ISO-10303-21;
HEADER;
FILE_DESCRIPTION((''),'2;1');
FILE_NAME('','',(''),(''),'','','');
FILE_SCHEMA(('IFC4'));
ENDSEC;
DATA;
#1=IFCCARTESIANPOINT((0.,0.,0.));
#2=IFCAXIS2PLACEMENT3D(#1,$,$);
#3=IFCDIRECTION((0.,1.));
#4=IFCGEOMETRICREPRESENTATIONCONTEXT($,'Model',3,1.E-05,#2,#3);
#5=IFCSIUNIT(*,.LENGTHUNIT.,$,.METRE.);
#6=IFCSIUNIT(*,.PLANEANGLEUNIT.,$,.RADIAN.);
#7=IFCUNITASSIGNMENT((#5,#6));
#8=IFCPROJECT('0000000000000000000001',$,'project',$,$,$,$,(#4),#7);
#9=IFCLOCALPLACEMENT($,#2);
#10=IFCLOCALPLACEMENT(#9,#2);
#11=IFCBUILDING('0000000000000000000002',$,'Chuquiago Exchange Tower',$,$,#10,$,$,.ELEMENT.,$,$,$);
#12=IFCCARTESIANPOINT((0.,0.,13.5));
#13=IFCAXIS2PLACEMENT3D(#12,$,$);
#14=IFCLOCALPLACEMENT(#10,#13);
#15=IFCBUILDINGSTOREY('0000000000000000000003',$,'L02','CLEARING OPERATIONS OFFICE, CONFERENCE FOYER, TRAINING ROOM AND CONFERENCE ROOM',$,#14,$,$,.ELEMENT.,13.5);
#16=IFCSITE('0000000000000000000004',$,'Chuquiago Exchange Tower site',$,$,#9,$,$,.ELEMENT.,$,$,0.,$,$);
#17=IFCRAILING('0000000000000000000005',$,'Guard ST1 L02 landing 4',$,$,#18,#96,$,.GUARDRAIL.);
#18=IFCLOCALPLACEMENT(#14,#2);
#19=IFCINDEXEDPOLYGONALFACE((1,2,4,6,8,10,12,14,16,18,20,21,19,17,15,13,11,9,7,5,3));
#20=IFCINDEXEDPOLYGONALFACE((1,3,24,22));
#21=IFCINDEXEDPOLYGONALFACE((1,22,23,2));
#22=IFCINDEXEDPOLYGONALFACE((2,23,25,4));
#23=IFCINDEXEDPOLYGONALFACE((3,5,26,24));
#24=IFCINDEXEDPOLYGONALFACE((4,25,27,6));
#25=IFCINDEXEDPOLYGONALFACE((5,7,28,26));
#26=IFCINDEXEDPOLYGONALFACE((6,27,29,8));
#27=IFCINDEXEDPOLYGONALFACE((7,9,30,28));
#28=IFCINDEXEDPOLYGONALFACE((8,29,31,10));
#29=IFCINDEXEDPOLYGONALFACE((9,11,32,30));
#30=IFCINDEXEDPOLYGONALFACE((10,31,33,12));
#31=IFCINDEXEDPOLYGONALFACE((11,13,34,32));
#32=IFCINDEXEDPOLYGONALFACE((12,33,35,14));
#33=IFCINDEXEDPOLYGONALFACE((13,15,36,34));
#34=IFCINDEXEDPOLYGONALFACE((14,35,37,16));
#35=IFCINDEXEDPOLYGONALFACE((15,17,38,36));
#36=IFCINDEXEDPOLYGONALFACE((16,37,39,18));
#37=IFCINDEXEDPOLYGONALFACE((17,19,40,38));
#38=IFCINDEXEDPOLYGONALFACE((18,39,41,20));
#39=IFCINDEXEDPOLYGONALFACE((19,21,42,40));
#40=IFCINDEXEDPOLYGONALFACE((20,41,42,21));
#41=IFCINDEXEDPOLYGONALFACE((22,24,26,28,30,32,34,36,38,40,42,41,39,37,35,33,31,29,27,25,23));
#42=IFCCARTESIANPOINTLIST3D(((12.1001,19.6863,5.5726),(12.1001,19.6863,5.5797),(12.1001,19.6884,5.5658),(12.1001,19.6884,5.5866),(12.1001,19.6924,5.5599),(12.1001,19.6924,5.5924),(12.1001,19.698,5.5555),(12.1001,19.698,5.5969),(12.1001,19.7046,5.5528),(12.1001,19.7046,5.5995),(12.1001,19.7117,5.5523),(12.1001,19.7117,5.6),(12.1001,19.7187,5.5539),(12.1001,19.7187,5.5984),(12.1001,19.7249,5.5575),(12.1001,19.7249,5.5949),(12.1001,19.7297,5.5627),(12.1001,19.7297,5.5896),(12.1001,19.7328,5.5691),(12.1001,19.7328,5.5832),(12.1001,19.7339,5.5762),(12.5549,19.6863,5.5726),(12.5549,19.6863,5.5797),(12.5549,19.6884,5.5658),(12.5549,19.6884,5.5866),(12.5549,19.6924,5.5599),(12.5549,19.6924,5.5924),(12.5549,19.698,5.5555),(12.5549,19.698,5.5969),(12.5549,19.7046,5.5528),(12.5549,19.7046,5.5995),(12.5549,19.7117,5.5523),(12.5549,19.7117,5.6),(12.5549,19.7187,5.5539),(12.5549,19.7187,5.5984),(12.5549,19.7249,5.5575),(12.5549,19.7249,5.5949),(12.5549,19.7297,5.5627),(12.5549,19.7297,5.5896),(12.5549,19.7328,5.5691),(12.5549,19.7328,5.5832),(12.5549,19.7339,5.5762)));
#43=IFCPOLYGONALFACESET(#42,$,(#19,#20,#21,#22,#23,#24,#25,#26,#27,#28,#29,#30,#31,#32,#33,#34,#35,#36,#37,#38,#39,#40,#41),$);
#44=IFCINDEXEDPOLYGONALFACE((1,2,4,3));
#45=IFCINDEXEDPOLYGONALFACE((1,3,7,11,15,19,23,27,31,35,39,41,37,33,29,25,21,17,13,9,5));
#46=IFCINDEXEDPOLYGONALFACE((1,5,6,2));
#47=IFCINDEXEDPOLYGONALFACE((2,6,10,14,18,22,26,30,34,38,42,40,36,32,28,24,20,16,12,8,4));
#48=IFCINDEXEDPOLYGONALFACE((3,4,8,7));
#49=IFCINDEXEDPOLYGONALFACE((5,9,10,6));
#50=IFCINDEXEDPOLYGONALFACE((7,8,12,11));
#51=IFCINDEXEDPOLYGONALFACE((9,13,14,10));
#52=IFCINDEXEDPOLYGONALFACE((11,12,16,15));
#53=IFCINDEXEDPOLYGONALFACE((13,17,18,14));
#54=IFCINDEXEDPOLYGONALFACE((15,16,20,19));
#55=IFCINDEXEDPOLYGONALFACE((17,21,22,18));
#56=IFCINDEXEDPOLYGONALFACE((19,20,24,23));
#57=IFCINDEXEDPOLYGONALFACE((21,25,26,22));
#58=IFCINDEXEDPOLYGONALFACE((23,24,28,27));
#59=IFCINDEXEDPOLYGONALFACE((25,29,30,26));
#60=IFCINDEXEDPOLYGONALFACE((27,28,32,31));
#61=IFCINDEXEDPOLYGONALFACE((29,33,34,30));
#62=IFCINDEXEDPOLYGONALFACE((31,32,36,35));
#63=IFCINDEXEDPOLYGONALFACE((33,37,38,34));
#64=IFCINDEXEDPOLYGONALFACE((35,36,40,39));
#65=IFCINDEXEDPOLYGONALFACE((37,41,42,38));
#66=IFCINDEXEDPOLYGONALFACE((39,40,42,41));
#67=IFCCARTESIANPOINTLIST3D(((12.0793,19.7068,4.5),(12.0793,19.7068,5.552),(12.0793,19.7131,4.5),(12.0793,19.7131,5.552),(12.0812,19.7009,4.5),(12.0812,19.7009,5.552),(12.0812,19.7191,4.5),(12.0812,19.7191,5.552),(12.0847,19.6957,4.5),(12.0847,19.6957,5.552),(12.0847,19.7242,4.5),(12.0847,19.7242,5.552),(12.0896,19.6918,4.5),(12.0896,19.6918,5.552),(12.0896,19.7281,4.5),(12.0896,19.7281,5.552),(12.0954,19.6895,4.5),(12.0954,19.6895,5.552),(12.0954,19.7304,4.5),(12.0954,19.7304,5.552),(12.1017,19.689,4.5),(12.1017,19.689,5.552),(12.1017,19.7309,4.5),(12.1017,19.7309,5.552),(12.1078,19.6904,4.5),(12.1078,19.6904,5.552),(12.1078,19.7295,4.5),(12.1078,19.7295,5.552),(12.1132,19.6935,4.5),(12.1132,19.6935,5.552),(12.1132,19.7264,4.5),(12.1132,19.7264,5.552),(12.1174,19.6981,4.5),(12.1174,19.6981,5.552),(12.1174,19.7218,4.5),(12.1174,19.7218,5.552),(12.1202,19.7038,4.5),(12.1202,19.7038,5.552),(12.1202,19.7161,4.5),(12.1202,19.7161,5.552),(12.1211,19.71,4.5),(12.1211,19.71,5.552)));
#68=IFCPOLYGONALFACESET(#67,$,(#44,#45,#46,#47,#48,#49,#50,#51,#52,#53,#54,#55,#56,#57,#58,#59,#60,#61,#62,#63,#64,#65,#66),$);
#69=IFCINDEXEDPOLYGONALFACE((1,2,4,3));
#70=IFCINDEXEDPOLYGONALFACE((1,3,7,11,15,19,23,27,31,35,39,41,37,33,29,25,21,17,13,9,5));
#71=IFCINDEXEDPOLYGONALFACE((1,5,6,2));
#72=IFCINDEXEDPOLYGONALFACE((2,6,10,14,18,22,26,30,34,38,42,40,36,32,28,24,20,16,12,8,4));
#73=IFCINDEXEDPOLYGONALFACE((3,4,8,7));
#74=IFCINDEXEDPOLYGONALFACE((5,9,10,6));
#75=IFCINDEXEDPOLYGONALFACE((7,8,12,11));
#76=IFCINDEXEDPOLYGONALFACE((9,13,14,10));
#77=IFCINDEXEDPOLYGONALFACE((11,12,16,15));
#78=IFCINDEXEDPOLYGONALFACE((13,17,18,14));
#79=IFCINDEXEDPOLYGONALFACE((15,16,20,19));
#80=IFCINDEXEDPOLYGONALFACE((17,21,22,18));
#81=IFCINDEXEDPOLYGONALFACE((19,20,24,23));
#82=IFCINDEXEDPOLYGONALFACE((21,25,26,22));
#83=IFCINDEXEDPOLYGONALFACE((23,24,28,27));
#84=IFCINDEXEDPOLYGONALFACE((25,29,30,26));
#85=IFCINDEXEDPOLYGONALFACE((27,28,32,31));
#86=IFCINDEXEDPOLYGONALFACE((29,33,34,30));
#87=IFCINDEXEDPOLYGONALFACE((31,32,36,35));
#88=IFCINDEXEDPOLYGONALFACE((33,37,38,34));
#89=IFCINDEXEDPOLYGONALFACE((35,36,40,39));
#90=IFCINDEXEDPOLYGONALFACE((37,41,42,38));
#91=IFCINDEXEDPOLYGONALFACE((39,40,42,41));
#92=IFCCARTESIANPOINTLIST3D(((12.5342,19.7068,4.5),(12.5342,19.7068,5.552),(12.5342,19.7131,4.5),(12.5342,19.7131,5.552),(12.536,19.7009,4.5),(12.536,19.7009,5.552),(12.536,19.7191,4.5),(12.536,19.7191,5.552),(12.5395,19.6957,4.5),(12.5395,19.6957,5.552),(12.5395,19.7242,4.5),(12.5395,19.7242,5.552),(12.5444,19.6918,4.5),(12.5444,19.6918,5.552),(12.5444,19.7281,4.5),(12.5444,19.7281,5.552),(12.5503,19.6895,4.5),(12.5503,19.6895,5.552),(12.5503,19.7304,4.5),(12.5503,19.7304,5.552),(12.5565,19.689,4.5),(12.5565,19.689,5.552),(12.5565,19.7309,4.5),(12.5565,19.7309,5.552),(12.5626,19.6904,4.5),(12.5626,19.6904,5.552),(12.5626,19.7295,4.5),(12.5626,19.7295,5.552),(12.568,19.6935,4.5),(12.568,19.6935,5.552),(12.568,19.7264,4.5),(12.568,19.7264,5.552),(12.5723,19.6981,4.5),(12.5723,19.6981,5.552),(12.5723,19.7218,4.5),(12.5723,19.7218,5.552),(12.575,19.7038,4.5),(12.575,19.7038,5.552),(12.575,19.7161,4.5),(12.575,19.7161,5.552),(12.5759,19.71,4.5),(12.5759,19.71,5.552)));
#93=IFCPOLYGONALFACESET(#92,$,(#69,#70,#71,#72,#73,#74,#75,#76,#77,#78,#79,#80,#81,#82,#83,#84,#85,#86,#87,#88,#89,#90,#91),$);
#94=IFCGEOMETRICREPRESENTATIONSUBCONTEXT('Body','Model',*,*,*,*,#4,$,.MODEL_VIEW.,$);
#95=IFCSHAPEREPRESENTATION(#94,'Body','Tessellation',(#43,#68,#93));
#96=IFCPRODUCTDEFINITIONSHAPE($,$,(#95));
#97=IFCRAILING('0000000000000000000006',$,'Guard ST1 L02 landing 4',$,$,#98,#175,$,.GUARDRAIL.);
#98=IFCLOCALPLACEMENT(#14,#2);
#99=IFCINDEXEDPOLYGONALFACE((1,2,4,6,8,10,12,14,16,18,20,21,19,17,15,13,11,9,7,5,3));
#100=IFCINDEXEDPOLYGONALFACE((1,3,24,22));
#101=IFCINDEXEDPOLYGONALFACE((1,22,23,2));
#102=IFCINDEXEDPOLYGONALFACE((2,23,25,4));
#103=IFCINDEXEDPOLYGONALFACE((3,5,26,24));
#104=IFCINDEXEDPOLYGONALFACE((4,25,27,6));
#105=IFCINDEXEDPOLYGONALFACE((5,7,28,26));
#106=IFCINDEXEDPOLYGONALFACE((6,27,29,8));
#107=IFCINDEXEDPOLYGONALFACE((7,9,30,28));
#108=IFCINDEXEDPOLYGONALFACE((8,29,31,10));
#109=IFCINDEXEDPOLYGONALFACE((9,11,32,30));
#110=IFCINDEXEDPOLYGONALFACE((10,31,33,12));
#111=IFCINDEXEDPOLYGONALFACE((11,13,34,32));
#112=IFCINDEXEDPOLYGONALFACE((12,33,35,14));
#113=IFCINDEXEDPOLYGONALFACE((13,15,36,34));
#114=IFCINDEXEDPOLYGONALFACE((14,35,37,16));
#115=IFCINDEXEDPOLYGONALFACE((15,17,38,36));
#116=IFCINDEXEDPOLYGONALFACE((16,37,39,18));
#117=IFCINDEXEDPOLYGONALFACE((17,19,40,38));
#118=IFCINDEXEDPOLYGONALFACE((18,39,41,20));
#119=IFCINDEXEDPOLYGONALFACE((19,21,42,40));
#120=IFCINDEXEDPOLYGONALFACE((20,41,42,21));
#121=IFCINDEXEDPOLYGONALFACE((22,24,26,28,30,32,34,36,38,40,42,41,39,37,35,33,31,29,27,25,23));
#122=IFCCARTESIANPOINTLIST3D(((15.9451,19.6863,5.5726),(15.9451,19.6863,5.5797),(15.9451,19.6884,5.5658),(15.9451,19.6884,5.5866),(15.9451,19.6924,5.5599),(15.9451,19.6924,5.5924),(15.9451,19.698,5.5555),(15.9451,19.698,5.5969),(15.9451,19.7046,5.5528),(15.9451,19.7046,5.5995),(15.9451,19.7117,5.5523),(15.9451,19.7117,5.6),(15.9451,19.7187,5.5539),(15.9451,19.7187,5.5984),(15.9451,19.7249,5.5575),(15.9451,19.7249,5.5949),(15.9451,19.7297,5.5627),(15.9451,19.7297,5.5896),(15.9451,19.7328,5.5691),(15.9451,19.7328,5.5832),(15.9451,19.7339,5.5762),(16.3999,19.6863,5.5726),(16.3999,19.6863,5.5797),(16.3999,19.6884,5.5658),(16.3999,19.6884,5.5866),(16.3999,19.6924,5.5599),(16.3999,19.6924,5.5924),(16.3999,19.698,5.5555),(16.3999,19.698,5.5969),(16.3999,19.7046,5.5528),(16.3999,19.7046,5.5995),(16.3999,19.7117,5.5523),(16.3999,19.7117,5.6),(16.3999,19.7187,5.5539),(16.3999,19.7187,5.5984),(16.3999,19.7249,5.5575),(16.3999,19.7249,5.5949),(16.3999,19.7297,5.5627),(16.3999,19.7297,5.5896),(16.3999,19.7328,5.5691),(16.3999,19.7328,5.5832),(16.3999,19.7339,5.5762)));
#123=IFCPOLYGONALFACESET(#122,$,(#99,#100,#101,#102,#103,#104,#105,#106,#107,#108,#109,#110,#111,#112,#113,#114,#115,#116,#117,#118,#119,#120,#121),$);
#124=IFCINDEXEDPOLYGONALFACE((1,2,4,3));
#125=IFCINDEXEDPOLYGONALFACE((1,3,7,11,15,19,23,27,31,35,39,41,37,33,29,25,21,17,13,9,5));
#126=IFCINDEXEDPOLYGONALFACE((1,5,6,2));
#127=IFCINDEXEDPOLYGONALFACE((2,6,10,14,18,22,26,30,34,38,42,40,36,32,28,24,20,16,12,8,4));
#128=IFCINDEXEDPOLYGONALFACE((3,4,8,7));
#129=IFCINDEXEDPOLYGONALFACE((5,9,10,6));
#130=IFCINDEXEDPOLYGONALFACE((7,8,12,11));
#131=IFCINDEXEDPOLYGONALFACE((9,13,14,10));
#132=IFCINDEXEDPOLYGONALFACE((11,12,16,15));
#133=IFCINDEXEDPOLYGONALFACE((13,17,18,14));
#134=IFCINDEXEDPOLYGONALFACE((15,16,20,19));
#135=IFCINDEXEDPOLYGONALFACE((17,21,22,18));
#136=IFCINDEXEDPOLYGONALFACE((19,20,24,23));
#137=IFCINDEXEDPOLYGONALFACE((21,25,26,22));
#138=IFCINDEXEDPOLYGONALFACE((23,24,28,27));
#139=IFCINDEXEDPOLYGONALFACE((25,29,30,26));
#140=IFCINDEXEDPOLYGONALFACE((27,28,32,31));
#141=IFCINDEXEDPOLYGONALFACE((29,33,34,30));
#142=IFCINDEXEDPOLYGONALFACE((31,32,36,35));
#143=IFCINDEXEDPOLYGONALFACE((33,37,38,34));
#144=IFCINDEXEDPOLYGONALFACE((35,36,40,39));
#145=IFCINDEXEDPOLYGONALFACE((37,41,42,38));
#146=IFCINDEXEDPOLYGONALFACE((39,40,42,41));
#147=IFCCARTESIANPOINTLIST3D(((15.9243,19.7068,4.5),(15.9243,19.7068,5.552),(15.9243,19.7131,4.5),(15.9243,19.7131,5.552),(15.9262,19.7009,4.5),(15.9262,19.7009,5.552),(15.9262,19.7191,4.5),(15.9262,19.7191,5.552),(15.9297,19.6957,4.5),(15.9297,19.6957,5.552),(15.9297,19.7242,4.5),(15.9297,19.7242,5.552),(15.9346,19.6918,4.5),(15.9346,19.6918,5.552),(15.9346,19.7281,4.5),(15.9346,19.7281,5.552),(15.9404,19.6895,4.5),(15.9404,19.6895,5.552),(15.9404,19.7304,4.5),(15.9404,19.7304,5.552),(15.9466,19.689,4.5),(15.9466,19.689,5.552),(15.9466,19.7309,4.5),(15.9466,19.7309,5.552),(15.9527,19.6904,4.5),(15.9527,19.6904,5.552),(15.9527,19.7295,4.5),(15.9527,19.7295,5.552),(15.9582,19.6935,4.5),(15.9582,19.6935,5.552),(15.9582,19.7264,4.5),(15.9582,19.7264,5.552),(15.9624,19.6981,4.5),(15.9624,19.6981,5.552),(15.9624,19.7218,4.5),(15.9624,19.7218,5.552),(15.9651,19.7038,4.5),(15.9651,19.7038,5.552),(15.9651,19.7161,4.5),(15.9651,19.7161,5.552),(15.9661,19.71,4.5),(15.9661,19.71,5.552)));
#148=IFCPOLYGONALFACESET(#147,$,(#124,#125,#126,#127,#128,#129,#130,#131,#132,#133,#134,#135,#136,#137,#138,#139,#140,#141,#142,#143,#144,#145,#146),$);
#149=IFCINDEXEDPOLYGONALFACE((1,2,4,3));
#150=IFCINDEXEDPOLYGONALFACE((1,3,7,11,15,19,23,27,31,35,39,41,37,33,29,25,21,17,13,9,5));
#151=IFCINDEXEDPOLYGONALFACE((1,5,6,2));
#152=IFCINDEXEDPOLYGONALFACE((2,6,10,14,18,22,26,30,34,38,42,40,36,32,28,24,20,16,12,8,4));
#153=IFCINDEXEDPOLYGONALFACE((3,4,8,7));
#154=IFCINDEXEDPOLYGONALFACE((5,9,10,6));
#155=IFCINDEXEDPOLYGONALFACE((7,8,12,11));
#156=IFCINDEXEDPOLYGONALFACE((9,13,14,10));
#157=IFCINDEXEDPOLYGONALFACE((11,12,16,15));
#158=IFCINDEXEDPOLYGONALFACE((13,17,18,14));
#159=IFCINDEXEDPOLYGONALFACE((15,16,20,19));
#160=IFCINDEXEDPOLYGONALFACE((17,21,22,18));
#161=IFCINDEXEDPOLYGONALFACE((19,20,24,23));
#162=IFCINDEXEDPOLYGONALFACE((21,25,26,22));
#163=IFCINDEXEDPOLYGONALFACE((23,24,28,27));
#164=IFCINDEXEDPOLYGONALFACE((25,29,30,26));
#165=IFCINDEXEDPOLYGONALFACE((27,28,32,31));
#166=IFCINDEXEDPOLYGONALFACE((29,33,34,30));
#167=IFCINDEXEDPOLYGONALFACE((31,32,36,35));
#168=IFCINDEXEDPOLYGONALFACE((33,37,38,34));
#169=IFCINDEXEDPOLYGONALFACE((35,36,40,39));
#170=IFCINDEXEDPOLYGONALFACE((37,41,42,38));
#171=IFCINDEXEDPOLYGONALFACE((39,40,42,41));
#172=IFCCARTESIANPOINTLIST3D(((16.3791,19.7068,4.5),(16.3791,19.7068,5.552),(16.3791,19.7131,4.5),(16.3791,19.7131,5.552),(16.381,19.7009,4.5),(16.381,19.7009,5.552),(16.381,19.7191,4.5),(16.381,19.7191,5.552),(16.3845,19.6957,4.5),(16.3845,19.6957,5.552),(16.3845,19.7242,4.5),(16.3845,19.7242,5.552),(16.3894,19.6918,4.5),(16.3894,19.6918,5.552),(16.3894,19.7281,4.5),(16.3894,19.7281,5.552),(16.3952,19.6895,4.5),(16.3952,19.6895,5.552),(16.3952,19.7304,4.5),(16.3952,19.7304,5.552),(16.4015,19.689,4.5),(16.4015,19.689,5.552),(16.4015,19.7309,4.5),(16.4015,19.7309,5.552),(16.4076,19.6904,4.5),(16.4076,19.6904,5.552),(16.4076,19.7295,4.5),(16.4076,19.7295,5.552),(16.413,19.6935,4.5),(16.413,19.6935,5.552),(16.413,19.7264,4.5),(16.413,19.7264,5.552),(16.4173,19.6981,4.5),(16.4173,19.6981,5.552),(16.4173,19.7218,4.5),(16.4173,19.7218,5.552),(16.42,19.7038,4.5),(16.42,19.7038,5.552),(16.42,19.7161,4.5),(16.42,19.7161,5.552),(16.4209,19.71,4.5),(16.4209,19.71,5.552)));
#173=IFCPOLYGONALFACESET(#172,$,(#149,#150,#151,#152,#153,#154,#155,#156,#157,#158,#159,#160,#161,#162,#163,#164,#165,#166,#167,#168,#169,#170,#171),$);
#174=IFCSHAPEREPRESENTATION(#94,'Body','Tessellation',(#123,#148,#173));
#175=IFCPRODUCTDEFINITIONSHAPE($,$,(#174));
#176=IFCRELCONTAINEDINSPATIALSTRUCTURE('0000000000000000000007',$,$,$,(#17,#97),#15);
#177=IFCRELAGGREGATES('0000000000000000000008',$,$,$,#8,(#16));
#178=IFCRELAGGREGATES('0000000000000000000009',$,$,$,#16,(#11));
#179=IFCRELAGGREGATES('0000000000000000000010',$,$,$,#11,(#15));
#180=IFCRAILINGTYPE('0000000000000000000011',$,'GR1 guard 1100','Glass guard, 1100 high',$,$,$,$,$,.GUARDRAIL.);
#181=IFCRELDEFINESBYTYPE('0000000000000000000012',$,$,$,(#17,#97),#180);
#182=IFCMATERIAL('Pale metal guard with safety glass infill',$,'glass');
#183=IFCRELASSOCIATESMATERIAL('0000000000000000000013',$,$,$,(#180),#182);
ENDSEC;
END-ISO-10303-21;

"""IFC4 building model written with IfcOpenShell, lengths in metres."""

from ifc_helpers import new_model, si_unit, direction, frame, origin, origin_2d, place, context, subcontext, project, spatial, circle, extrude, material, type_object, element, save


model = new_model("IFC4")

# Units and contexts
model_context = context("Model", 3, precision=1e-05, world=origin(), true_north=direction((0.0, 1.0)))
body_context = subcontext(model_context, "Body", "Model", "MODEL_VIEW")
ifc_project = project(units=[si_unit("LENGTHUNIT", "METRE"), si_unit("PLANEANGLEUNIT", "RADIAN")], contexts=[model_context])

# Site, building, storey
site_placement = place(None, origin())
site = spatial("IfcSite", under=ifc_project, at=site_placement, Name="Chuquiago Exchange Tower site", CompositionType="ELEMENT", RefElevation=0.0)
building_placement = place(site_placement, origin())
building = spatial("IfcBuilding", under=site, at=building_placement, Name="Chuquiago Exchange Tower", CompositionType="ELEMENT")
storey_placement = place(building_placement, frame((0.0, 0.0, 13.5)))
storey = spatial("IfcBuildingStorey", under=building, at=storey_placement, Name="L02", Description="CLEARING OPERATIONS OFFICE, CONFERENCE FOYER, TRAINING ROOM AND CONFERENCE ROOM", CompositionType="ELEMENT", Elevation=13.5)

# Railings
ifc_material_1 = material(Name="Pale metal guard with safety glass infill", Category="glass")
railing_type_1 = type_object("IfcRailingType", Name="GR1 guard 1100", Description="Glass guard, 1100 high", PredefinedType="GUARDRAIL", material=ifc_material_1)
for number, where, name in (
    (1, (12.1001, 19.71, 4.5), "Guard ST1 L02 landing 4"),
    (2, (15.9451, 19.71, 4.5), "Guard ST1 L02 landing 4"),
):
    element("IfcRailing", number, at=place(storey_placement, frame(where)), inside=storey, type_object=railing_type_1, Name=name, PredefinedType="GUARDRAIL", context=body_context, shape_type="SweptSolid", body=[
        extrude(circle(Radius=0.0239, at=origin_2d()), frame((0.0, 0.0, 1.0762), z_axis=(1.0, 0.0, 0.0), x_axis=(0.0, 1.0, 0.0)), (0.0, 0.0, 1.0), 0.4548),
        extrude(circle(Radius=0.021, at=origin_2d()), origin(), (0.0, 0.0, 1.0), 1.052),
        extrude(circle(Radius=0.021, at=origin_2d()), frame((0.4548, 0.0, 0.0)), (0.0, 0.0, 1.0), 1.052),
    ])

save(model, "model.ifc")
